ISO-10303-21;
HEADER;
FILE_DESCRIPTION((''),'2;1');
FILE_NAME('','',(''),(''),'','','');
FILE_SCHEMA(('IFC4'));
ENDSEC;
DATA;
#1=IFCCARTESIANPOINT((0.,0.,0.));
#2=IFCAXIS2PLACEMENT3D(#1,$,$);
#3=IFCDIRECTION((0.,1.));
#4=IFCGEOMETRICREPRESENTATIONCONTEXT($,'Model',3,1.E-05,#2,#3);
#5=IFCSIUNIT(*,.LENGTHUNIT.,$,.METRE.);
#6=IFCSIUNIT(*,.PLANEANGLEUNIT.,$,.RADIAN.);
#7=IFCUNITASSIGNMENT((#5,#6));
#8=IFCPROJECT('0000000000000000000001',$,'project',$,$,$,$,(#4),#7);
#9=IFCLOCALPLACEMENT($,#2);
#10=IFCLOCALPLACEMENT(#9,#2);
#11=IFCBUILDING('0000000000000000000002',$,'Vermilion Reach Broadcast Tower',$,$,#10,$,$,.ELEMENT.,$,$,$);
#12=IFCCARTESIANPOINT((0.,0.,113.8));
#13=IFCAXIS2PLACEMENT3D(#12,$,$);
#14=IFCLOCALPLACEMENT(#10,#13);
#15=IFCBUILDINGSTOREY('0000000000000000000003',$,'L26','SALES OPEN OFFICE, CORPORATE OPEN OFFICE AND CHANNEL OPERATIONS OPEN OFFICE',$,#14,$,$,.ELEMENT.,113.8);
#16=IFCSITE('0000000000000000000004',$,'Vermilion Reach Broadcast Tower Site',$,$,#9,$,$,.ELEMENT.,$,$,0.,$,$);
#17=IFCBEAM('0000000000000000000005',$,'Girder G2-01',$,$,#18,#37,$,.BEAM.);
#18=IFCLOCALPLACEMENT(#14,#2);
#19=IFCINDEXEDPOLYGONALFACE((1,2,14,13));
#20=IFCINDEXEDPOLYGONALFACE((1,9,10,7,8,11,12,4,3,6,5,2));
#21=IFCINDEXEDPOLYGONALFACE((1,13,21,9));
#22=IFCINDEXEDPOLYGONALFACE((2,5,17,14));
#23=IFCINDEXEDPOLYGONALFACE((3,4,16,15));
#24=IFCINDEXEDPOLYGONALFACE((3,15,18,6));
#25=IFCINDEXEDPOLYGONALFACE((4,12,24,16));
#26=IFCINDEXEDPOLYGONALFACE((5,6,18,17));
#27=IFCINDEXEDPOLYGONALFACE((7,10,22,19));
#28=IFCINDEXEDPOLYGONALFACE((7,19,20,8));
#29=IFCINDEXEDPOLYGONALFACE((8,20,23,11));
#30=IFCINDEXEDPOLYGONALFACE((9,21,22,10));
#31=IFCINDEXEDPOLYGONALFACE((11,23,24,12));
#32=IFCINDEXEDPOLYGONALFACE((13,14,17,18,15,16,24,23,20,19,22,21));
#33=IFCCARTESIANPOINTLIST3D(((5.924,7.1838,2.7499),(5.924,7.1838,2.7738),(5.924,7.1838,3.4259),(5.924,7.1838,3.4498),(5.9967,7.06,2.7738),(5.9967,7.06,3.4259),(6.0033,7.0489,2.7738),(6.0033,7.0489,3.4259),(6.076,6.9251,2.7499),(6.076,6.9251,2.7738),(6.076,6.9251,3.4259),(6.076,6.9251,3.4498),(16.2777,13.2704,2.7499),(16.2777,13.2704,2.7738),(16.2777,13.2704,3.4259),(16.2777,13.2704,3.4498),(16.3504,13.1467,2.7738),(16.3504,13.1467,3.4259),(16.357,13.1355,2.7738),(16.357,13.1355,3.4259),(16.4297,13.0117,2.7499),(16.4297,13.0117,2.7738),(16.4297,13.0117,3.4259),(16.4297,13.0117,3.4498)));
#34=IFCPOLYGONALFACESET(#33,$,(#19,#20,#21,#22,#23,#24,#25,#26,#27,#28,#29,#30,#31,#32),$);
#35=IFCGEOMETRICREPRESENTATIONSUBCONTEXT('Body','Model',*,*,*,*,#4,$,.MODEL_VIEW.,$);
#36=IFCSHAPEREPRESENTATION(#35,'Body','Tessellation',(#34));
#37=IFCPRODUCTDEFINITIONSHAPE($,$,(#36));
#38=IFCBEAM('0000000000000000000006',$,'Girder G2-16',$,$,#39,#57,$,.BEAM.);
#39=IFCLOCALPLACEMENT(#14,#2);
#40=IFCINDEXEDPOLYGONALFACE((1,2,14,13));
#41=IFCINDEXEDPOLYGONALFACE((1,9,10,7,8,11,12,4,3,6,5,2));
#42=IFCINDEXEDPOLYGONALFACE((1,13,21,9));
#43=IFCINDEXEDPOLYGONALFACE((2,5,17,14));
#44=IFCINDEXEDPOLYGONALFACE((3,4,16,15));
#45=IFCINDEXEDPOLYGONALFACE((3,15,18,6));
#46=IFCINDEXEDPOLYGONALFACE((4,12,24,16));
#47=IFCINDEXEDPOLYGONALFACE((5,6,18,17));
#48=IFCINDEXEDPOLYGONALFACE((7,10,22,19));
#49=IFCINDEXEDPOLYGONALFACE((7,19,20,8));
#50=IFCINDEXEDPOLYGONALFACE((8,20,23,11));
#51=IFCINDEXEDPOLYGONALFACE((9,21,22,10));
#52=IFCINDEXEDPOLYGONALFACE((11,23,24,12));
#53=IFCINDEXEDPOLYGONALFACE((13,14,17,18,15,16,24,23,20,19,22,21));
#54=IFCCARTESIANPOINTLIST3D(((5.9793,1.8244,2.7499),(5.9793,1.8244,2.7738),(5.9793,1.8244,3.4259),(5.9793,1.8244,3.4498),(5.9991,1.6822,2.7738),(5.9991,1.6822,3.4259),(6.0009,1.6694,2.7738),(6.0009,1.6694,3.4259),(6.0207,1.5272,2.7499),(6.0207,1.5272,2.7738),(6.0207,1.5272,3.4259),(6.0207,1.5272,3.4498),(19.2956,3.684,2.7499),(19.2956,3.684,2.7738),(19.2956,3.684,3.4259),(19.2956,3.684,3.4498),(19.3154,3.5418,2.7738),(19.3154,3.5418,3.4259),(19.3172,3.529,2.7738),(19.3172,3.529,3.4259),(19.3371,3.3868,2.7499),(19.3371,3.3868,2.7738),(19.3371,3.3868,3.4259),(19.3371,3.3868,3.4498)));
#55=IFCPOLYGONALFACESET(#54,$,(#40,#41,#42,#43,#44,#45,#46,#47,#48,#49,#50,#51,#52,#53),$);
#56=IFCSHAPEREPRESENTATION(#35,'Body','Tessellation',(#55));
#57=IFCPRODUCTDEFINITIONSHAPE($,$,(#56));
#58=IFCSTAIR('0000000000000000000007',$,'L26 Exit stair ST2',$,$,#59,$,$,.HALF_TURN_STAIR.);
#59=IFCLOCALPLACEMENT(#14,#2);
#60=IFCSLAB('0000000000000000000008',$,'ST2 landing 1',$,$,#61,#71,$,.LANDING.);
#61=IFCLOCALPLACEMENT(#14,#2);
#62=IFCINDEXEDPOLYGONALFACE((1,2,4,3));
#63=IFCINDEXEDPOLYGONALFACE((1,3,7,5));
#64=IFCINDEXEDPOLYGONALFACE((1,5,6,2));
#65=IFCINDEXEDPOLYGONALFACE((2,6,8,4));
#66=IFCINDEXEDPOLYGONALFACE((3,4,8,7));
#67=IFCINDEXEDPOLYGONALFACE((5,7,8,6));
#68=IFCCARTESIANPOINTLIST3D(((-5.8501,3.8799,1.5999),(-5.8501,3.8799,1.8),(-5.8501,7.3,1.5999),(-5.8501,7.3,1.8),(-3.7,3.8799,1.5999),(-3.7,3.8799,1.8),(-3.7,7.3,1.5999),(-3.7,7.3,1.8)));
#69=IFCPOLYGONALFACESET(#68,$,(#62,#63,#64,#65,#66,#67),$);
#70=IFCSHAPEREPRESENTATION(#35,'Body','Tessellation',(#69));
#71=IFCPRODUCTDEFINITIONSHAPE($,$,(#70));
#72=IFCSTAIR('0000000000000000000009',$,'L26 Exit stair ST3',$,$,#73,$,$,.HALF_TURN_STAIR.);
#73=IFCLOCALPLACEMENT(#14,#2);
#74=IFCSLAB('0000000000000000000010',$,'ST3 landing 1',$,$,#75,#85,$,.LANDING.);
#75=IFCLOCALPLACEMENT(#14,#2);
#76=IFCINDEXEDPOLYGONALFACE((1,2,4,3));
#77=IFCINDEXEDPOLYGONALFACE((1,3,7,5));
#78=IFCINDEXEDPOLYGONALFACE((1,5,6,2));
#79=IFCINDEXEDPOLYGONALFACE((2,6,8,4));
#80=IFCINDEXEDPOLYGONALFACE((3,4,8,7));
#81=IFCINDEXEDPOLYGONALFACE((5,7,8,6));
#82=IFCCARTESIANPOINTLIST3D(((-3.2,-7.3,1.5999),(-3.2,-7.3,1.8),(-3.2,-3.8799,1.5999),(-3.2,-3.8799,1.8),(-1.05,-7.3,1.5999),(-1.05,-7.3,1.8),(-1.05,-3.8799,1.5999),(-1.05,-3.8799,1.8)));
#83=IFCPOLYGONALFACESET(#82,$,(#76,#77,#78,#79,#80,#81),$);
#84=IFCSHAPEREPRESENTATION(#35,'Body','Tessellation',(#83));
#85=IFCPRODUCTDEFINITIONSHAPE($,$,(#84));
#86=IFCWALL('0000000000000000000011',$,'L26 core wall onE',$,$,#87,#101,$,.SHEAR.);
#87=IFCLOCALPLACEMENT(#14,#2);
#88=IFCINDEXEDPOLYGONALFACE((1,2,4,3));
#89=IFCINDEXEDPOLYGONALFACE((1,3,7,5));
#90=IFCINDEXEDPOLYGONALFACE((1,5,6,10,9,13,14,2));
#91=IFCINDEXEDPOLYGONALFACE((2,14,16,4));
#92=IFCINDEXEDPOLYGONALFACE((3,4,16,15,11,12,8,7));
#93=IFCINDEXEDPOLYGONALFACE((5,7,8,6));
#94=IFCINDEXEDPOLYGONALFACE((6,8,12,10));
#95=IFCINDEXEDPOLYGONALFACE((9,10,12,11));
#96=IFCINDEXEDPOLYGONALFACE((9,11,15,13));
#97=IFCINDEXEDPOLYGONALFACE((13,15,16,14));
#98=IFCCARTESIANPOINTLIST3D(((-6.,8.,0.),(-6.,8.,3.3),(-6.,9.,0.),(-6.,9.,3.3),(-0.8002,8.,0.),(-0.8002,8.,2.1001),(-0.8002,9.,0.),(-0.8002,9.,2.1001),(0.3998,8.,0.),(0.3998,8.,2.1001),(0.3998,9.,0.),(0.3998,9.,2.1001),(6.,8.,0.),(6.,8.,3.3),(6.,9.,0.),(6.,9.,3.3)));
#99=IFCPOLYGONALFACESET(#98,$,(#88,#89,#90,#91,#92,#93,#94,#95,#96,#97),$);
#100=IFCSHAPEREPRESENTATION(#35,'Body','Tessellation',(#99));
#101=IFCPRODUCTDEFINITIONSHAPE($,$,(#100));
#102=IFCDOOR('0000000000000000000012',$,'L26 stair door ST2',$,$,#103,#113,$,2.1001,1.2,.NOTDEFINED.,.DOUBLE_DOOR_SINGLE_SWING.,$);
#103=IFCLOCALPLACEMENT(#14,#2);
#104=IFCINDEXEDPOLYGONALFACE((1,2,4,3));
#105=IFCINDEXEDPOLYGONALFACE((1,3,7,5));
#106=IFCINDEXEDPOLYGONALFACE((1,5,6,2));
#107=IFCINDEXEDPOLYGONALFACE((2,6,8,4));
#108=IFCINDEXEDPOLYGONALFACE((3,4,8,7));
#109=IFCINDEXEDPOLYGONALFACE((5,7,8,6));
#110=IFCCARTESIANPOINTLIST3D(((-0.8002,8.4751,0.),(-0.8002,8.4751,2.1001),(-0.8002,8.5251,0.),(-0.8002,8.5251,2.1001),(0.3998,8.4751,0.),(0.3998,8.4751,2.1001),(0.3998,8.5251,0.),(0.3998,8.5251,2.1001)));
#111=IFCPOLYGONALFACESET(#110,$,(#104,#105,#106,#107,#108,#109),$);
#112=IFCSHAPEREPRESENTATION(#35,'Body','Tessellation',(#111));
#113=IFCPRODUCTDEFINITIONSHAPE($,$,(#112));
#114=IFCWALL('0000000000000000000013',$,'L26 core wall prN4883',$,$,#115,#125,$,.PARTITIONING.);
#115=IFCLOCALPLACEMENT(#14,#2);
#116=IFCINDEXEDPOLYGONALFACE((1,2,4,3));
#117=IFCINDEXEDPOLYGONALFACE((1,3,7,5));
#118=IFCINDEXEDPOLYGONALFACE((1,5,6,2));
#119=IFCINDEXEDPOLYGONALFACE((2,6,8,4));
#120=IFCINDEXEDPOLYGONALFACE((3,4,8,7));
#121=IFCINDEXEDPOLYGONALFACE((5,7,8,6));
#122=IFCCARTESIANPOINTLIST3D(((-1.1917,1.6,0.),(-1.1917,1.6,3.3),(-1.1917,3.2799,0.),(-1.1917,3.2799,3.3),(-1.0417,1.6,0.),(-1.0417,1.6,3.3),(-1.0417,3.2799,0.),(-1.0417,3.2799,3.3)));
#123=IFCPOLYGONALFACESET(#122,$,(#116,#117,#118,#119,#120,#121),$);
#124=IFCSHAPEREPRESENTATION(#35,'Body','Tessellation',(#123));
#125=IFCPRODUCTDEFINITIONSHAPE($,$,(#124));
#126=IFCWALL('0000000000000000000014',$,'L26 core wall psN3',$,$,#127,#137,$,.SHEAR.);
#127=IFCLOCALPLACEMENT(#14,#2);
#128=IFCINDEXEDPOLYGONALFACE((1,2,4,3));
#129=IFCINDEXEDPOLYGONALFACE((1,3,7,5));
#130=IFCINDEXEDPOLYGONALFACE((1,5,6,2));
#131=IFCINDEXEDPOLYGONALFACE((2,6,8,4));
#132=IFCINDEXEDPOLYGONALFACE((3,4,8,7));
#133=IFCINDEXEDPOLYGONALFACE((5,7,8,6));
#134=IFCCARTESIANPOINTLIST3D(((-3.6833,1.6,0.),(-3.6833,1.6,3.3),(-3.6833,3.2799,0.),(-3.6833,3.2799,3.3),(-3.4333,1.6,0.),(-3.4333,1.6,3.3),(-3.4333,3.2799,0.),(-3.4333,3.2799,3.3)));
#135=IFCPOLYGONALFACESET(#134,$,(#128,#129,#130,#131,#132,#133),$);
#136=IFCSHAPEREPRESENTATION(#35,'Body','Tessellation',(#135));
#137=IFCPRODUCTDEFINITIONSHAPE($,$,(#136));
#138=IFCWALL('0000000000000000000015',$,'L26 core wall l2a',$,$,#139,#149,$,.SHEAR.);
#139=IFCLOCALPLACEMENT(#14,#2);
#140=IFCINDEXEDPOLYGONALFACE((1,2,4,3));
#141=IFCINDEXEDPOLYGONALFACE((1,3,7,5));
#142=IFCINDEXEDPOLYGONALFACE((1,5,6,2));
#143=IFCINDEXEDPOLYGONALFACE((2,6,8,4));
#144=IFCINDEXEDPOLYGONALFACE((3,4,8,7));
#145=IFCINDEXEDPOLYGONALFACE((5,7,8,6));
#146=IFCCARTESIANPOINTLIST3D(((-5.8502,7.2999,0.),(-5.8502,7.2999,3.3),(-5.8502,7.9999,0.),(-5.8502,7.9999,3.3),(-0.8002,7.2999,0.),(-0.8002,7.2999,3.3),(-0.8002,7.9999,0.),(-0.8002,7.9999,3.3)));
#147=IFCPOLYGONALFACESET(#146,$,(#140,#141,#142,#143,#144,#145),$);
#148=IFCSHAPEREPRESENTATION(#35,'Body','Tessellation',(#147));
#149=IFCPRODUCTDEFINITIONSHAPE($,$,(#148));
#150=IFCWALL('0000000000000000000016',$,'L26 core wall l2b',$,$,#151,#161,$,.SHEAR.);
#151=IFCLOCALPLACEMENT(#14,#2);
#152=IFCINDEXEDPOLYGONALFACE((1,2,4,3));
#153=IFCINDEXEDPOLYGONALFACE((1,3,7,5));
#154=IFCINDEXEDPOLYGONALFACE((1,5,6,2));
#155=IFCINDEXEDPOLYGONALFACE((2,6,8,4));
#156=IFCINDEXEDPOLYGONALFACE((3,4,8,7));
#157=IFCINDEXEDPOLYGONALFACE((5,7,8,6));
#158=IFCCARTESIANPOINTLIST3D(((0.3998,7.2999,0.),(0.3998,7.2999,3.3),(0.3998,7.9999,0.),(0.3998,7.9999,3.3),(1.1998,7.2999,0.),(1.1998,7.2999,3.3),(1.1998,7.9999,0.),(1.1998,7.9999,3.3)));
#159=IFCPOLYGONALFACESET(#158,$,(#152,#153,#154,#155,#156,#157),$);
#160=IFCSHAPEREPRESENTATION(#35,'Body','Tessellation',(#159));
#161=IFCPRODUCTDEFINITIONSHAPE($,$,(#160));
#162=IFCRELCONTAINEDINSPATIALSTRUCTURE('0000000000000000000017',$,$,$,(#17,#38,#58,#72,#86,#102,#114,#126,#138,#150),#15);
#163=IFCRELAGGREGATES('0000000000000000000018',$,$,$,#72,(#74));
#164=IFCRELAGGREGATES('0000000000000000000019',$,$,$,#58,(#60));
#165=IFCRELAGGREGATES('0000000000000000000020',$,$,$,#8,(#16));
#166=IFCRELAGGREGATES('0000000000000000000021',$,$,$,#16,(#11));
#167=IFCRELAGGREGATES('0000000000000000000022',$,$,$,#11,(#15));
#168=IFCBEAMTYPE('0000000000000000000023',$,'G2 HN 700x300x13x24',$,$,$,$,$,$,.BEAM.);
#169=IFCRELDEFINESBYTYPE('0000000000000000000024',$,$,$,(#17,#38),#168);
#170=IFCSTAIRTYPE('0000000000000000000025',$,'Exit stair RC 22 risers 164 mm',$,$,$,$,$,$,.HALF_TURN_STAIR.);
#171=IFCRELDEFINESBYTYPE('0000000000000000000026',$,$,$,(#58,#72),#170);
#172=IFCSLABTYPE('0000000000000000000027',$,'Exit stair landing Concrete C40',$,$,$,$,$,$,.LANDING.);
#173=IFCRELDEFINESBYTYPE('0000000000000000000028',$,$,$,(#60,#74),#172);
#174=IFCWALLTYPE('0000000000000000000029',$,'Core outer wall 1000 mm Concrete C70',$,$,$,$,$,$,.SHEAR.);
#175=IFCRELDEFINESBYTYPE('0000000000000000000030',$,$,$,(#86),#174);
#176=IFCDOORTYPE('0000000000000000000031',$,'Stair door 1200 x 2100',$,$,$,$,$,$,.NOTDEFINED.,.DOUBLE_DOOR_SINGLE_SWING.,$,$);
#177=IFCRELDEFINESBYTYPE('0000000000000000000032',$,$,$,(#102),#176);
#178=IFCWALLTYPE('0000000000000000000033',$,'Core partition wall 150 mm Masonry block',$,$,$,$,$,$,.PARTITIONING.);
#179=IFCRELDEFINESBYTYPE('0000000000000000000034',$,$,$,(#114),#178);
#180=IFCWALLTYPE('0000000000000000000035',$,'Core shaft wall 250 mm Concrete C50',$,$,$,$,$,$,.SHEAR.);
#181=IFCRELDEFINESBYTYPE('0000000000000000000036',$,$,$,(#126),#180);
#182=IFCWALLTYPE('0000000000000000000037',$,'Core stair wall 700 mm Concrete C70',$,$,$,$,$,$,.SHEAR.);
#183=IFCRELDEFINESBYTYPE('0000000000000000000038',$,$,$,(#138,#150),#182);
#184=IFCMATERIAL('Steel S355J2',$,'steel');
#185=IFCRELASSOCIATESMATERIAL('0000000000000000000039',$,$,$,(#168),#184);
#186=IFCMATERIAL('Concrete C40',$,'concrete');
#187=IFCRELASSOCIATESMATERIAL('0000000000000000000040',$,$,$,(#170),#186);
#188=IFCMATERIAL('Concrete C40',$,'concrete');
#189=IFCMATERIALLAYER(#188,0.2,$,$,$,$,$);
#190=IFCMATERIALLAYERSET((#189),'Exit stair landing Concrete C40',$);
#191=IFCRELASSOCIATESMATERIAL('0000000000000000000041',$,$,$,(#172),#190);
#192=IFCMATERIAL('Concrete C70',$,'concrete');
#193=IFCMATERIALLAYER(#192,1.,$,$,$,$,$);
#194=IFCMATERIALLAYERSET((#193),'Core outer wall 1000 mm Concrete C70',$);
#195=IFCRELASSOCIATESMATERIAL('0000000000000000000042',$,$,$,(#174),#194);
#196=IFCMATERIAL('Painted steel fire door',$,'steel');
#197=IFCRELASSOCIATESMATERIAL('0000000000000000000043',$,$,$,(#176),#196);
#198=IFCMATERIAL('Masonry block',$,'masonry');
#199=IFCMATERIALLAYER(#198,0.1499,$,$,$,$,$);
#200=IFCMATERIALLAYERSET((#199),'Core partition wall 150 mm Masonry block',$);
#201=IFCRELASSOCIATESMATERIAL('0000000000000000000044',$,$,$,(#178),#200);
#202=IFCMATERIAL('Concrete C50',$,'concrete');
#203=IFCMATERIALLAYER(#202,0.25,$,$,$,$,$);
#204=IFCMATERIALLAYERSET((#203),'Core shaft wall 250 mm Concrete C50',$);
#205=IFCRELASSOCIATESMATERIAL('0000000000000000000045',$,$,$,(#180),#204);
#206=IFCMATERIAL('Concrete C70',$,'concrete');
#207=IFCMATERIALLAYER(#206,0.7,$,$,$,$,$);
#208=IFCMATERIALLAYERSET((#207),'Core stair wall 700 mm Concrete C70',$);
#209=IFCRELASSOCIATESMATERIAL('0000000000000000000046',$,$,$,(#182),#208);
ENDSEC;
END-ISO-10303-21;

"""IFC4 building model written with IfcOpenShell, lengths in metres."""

from ifc_helpers import new_model, si_unit, direction, frame, frame_2d, origin, origin_2d, place, context, subcontext, project, spatial, polyline, rectangle, i_section, outline, extrude, material, layer, layer_set, material_profile, profile_set, type_object, element, fill, aggregate, save


model = new_model("IFC4")

# Units and contexts
model_context = context("Model", 3, precision=1e-05, world=origin(), true_north=direction((0.0, 1.0)))
body_context = subcontext(model_context, "Body", "Model", "MODEL_VIEW")
ifc_project = project(units=[si_unit("LENGTHUNIT", "METRE"), si_unit("PLANEANGLEUNIT", "RADIAN")], contexts=[model_context])

# Site, building, storey
site_placement = place(None, origin())
site = spatial("IfcSite", under=ifc_project, at=site_placement, Name="Vermilion Reach Broadcast Tower Site", CompositionType="ELEMENT", RefElevation=0.0)
building_placement = place(site_placement, origin())
building = spatial("IfcBuilding", under=site, at=building_placement, Name="Vermilion Reach Broadcast Tower", CompositionType="ELEMENT")
storey_placement = place(building_placement, frame((0.0, 0.0, 113.8)))
storey = spatial("IfcBuildingStorey", under=building, at=storey_placement, Name="L26", Description="SALES OPEN OFFICE, CORPORATE OPEN OFFICE AND CHANNEL OPERATIONS OPEN OFFICE", CompositionType="ELEMENT", Elevation=113.8)

# Beams
ifc_material_1 = material(Name="Steel S355J2", Category="steel")
ifc_material_profile = material_profile(ifc_material_1, i_section(OverallWidth=0.3, OverallDepth=0.7, WebThickness=0.0129, FlangeThickness=0.0239, at=origin_2d()), Name="S355J2 HN 700x300x13x24")
ifc_profile_set = profile_set([ifc_material_profile], Name="Steel S355J2")
beam_type = type_object("IfcBeamType", Name="G2 HN 700x300x13x24", PredefinedType="BEAM", material=ifc_profile_set)
beam_1_placement = place(storey_placement, frame((6.0, 7.0544, 3.0999), z_axis=(0.862072, 0.506786, 0.0), x_axis=(-0.506786, 0.862072, 0.0)))
element("IfcBeam", 1, at=beam_1_placement, inside=storey, type_object=beam_type, Name="Girder G2-01", PredefinedType="BEAM", context=body_context, shape_type="SweptSolid", body=[
    extrude(i_section(OverallWidth=0.3, OverallDepth=0.7, WebThickness=0.0129, FlangeThickness=0.0239, at=origin_2d()), origin(), (0.0, 0.0, 1.0), 12.0103),
])
beam_2_placement = place(storey_placement, frame((6.0, 1.6758, 3.0999), z_axis=(0.990389, 0.138307, 0.0), x_axis=(-0.138307, 0.990389, 0.0)))
element("IfcBeam", 2, at=beam_2_placement, inside=storey, type_object=beam_type, Name="Girder G2-16", PredefinedType="BEAM", context=body_context, shape_type="SweptSolid", body=[
    extrude(i_section(OverallWidth=0.3, OverallDepth=0.7, WebThickness=0.0129, FlangeThickness=0.0239, at=origin_2d()), origin(), (0.0, 0.0, 1.0), 13.4456),
])

# Stairs, slabs
ifc_material_2 = material(Name="Concrete C40", Category="concrete")
stair_type = type_object("IfcStairType", Name="Exit stair RC 22 risers 164 mm", PredefinedType="HALF_TURN_STAIR", material=ifc_material_2)
placement_1 = place(storey_placement, origin())
stair_1 = element("IfcStair", 3, at=placement_1, inside=storey, type_object=stair_type, Name="L26 Exit stair ST2", PredefinedType="HALF_TURN_STAIR")
ifc_material_3 = material(Name="Concrete C40", Category="concrete")
ifc_layer_1 = layer(ifc_material_3, 0.2)
ifc_layer_set_1 = layer_set([ifc_layer_1], Name="Exit stair landing Concrete C40")
slab_type = type_object("IfcSlabType", Name="Exit stair landing Concrete C40", PredefinedType="LANDING", material=ifc_layer_set_1)
placement_2 = place(storey_placement, frame((0.0, 0.0, 1.5999)))
slab_1 = element("IfcSlab", 4, at=placement_2, type_object=slab_type, Name="ST2 landing 1", PredefinedType="LANDING", context=body_context, shape_type="SweptSolid", body=[
    extrude(outline(polyline([(-3.7, 7.3), (-5.8501, 7.3), (-5.8501, 3.8799), (-3.7, 3.8799), (-3.7, 7.3)])), origin(), (0.0, 0.0, 1.0), 0.2002),
])
stair_2 = element("IfcStair", 5, at=placement_1, inside=storey, type_object=stair_type, Name="L26 Exit stair ST3", PredefinedType="HALF_TURN_STAIR")
slab_2 = element("IfcSlab", 6, at=placement_2, type_object=slab_type, Name="ST3 landing 1", PredefinedType="LANDING", context=body_context, shape_type="SweptSolid", body=[
    extrude(outline(polyline([(-3.2, -7.3), (-1.05, -7.3), (-1.05, -3.8799), (-3.2, -3.8799), (-3.2, -7.3)])), origin(), (0.0, 0.0, 1.0), 0.2002),
])
aggregate(stair_2, [slab_2])

# Wall, opening, door
ifc_material_4 = material(Name="Concrete C70", Category="concrete")
ifc_layer_2 = layer(ifc_material_4, 1.0)
ifc_layer_set_2 = layer_set([ifc_layer_2], Name="Core outer wall 1000 mm Concrete C70")
wall_type_1 = type_object("IfcWallType", Name="Core outer wall 1000 mm Concrete C70", PredefinedType="SHEAR", material=ifc_layer_set_2)
wall_1_placement = place(storey_placement, frame((6.0, 8.5, 0.0), z_axis=(0.0, 0.0, 1.0), x_axis=(-1.0, 0.0, 0.0)))
wall_1 = element("IfcWall", 7, at=wall_1_placement, inside=storey, type_object=wall_type_1, Name="L26 core wall onE", PredefinedType="SHEAR", context=body_context, shape_type="SweptSolid", body=[
    extrude(rectangle(XDim=12.0, YDim=1.0, at=frame_2d((6.0, 0.0))), origin(), (0.0, 0.0, 1.0), 3.3),
])
opening_placement = place(wall_1_placement, frame((5.6001, 0.0, 0.0)))
opening = element("IfcOpeningElement", 8, at=opening_placement, cuts=wall_1, PredefinedType="OPENING", context=body_context, shape_type="SweptSolid", body=[
    extrude(rectangle(XDim=1.2, YDim=2.1001, at=frame_2d((0.6001, 1.05))), frame((0.0, 0.51, 0.0), z_axis=(0.0, -1.0, 0.0), x_axis=(1.0, 0.0, 0.0)), (0.0, 0.0, 1.0), 1.02),
])
ifc_material_5 = material(Name="Painted steel fire door", Category="steel")
door_type = type_object("IfcDoorType", Name="Stair door 1200 x 2100", OperationType="DOUBLE_DOOR_SINGLE_SWING", PredefinedType="NOTDEFINED", material=ifc_material_5)
door_placement = place(opening_placement, origin())
door = element("IfcDoor", 9, at=door_placement, inside=storey, type_object=door_type, Name="L26 stair door ST2", OperationType="DOUBLE_DOOR_SINGLE_SWING", OverallHeight=2.1001, OverallWidth=1.2, PredefinedType="NOTDEFINED", context=body_context, shape_type="SweptSolid", body=[
    extrude(rectangle(XDim=1.2, YDim=2.1001, at=frame_2d((0.6001, 1.05))), frame((0.0, 0.0249, 0.0), z_axis=(0.0, -1.0, 0.0), x_axis=(1.0, 0.0, 0.0)), (0.0, 0.0, 1.0), 0.05),
])
fill(opening, door)

# Walls
ifc_material_6 = material(Name="Masonry block", Category="masonry")
ifc_layer_3 = layer(ifc_material_6, 0.1499)
ifc_layer_set_3 = layer_set([ifc_layer_3], Name="Core partition wall 150 mm Masonry block")
wall_type_2 = type_object("IfcWallType", Name="Core partition wall 150 mm Masonry block", PredefinedType="PARTITIONING", material=ifc_layer_set_3)
wall_2_placement = place(storey_placement, frame((-1.1167, 1.6001, 0.0), z_axis=(0.0, 0.0, 1.0), x_axis=(0.0, 1.0, 0.0)))
element("IfcWall", 10, at=wall_2_placement, inside=storey, type_object=wall_type_2, Name="L26 core wall prN4883", PredefinedType="PARTITIONING", context=body_context, shape_type="SweptSolid", body=[
    extrude(rectangle(XDim=1.6799, YDim=0.1499, at=frame_2d((0.8398, 0.0))), origin(), (0.0, 0.0, 1.0), 3.3),
])
ifc_material_7 = material(Name="Concrete C50", Category="concrete")
ifc_layer_4 = layer(ifc_material_7, 0.25)
ifc_layer_set_4 = layer_set([ifc_layer_4], Name="Core shaft wall 250 mm Concrete C50")
wall_type_3 = type_object("IfcWallType", Name="Core shaft wall 250 mm Concrete C50", PredefinedType="SHEAR", material=ifc_layer_set_4)
wall_3_placement = place(storey_placement, frame((-3.5583, 1.6001, 0.0), z_axis=(0.0, 0.0, 1.0), x_axis=(0.0, 1.0, 0.0)))
element("IfcWall", 11, at=wall_3_placement, inside=storey, type_object=wall_type_3, Name="L26 core wall psN3", PredefinedType="SHEAR", context=body_context, shape_type="SweptSolid", body=[
    extrude(rectangle(XDim=1.6799, YDim=0.25, at=frame_2d((0.8398, 0.0))), origin(), (0.0, 0.0, 1.0), 3.3),
])
ifc_material_8 = material(Name="Concrete C70", Category="concrete")
ifc_layer_5 = layer(ifc_material_8, 0.7)
ifc_layer_set_5 = layer_set([ifc_layer_5], Name="Core stair wall 700 mm Concrete C70")
wall_type_4 = type_object("IfcWallType", Name="Core stair wall 700 mm Concrete C70", PredefinedType="SHEAR", material=ifc_layer_set_5)
wall_4_placement = place(storey_placement, frame((-5.8501, 7.6499, 0.0), z_axis=(0.0, 0.0, 1.0), x_axis=(1.0, 0.0, 0.0)))
element("IfcWall", 12, at=wall_4_placement, inside=storey, type_object=wall_type_4, Name="L26 core wall l2a", PredefinedType="SHEAR", context=body_context, shape_type="SweptSolid", body=[
    extrude(rectangle(XDim=5.05, YDim=0.7, at=frame_2d((2.5249, 0.0))), origin(), (0.0, 0.0, 1.0), 3.3),
])
wall_5_placement = place(storey_placement, frame((0.3999, 7.6499, 0.0), z_axis=(0.0, 0.0, 1.0), x_axis=(1.0, 0.0, 0.0)))
element("IfcWall", 13, at=wall_5_placement, inside=storey, type_object=wall_type_4, Name="L26 core wall l2b", PredefinedType="SHEAR", context=body_context, shape_type="SweptSolid", body=[
    extrude(rectangle(XDim=0.8, YDim=0.7, at=frame_2d((0.3999, 0.0))), origin(), (0.0, 0.0, 1.0), 3.3),
])

aggregate(stair_1, [slab_1])

save(model, "model.ifc")
